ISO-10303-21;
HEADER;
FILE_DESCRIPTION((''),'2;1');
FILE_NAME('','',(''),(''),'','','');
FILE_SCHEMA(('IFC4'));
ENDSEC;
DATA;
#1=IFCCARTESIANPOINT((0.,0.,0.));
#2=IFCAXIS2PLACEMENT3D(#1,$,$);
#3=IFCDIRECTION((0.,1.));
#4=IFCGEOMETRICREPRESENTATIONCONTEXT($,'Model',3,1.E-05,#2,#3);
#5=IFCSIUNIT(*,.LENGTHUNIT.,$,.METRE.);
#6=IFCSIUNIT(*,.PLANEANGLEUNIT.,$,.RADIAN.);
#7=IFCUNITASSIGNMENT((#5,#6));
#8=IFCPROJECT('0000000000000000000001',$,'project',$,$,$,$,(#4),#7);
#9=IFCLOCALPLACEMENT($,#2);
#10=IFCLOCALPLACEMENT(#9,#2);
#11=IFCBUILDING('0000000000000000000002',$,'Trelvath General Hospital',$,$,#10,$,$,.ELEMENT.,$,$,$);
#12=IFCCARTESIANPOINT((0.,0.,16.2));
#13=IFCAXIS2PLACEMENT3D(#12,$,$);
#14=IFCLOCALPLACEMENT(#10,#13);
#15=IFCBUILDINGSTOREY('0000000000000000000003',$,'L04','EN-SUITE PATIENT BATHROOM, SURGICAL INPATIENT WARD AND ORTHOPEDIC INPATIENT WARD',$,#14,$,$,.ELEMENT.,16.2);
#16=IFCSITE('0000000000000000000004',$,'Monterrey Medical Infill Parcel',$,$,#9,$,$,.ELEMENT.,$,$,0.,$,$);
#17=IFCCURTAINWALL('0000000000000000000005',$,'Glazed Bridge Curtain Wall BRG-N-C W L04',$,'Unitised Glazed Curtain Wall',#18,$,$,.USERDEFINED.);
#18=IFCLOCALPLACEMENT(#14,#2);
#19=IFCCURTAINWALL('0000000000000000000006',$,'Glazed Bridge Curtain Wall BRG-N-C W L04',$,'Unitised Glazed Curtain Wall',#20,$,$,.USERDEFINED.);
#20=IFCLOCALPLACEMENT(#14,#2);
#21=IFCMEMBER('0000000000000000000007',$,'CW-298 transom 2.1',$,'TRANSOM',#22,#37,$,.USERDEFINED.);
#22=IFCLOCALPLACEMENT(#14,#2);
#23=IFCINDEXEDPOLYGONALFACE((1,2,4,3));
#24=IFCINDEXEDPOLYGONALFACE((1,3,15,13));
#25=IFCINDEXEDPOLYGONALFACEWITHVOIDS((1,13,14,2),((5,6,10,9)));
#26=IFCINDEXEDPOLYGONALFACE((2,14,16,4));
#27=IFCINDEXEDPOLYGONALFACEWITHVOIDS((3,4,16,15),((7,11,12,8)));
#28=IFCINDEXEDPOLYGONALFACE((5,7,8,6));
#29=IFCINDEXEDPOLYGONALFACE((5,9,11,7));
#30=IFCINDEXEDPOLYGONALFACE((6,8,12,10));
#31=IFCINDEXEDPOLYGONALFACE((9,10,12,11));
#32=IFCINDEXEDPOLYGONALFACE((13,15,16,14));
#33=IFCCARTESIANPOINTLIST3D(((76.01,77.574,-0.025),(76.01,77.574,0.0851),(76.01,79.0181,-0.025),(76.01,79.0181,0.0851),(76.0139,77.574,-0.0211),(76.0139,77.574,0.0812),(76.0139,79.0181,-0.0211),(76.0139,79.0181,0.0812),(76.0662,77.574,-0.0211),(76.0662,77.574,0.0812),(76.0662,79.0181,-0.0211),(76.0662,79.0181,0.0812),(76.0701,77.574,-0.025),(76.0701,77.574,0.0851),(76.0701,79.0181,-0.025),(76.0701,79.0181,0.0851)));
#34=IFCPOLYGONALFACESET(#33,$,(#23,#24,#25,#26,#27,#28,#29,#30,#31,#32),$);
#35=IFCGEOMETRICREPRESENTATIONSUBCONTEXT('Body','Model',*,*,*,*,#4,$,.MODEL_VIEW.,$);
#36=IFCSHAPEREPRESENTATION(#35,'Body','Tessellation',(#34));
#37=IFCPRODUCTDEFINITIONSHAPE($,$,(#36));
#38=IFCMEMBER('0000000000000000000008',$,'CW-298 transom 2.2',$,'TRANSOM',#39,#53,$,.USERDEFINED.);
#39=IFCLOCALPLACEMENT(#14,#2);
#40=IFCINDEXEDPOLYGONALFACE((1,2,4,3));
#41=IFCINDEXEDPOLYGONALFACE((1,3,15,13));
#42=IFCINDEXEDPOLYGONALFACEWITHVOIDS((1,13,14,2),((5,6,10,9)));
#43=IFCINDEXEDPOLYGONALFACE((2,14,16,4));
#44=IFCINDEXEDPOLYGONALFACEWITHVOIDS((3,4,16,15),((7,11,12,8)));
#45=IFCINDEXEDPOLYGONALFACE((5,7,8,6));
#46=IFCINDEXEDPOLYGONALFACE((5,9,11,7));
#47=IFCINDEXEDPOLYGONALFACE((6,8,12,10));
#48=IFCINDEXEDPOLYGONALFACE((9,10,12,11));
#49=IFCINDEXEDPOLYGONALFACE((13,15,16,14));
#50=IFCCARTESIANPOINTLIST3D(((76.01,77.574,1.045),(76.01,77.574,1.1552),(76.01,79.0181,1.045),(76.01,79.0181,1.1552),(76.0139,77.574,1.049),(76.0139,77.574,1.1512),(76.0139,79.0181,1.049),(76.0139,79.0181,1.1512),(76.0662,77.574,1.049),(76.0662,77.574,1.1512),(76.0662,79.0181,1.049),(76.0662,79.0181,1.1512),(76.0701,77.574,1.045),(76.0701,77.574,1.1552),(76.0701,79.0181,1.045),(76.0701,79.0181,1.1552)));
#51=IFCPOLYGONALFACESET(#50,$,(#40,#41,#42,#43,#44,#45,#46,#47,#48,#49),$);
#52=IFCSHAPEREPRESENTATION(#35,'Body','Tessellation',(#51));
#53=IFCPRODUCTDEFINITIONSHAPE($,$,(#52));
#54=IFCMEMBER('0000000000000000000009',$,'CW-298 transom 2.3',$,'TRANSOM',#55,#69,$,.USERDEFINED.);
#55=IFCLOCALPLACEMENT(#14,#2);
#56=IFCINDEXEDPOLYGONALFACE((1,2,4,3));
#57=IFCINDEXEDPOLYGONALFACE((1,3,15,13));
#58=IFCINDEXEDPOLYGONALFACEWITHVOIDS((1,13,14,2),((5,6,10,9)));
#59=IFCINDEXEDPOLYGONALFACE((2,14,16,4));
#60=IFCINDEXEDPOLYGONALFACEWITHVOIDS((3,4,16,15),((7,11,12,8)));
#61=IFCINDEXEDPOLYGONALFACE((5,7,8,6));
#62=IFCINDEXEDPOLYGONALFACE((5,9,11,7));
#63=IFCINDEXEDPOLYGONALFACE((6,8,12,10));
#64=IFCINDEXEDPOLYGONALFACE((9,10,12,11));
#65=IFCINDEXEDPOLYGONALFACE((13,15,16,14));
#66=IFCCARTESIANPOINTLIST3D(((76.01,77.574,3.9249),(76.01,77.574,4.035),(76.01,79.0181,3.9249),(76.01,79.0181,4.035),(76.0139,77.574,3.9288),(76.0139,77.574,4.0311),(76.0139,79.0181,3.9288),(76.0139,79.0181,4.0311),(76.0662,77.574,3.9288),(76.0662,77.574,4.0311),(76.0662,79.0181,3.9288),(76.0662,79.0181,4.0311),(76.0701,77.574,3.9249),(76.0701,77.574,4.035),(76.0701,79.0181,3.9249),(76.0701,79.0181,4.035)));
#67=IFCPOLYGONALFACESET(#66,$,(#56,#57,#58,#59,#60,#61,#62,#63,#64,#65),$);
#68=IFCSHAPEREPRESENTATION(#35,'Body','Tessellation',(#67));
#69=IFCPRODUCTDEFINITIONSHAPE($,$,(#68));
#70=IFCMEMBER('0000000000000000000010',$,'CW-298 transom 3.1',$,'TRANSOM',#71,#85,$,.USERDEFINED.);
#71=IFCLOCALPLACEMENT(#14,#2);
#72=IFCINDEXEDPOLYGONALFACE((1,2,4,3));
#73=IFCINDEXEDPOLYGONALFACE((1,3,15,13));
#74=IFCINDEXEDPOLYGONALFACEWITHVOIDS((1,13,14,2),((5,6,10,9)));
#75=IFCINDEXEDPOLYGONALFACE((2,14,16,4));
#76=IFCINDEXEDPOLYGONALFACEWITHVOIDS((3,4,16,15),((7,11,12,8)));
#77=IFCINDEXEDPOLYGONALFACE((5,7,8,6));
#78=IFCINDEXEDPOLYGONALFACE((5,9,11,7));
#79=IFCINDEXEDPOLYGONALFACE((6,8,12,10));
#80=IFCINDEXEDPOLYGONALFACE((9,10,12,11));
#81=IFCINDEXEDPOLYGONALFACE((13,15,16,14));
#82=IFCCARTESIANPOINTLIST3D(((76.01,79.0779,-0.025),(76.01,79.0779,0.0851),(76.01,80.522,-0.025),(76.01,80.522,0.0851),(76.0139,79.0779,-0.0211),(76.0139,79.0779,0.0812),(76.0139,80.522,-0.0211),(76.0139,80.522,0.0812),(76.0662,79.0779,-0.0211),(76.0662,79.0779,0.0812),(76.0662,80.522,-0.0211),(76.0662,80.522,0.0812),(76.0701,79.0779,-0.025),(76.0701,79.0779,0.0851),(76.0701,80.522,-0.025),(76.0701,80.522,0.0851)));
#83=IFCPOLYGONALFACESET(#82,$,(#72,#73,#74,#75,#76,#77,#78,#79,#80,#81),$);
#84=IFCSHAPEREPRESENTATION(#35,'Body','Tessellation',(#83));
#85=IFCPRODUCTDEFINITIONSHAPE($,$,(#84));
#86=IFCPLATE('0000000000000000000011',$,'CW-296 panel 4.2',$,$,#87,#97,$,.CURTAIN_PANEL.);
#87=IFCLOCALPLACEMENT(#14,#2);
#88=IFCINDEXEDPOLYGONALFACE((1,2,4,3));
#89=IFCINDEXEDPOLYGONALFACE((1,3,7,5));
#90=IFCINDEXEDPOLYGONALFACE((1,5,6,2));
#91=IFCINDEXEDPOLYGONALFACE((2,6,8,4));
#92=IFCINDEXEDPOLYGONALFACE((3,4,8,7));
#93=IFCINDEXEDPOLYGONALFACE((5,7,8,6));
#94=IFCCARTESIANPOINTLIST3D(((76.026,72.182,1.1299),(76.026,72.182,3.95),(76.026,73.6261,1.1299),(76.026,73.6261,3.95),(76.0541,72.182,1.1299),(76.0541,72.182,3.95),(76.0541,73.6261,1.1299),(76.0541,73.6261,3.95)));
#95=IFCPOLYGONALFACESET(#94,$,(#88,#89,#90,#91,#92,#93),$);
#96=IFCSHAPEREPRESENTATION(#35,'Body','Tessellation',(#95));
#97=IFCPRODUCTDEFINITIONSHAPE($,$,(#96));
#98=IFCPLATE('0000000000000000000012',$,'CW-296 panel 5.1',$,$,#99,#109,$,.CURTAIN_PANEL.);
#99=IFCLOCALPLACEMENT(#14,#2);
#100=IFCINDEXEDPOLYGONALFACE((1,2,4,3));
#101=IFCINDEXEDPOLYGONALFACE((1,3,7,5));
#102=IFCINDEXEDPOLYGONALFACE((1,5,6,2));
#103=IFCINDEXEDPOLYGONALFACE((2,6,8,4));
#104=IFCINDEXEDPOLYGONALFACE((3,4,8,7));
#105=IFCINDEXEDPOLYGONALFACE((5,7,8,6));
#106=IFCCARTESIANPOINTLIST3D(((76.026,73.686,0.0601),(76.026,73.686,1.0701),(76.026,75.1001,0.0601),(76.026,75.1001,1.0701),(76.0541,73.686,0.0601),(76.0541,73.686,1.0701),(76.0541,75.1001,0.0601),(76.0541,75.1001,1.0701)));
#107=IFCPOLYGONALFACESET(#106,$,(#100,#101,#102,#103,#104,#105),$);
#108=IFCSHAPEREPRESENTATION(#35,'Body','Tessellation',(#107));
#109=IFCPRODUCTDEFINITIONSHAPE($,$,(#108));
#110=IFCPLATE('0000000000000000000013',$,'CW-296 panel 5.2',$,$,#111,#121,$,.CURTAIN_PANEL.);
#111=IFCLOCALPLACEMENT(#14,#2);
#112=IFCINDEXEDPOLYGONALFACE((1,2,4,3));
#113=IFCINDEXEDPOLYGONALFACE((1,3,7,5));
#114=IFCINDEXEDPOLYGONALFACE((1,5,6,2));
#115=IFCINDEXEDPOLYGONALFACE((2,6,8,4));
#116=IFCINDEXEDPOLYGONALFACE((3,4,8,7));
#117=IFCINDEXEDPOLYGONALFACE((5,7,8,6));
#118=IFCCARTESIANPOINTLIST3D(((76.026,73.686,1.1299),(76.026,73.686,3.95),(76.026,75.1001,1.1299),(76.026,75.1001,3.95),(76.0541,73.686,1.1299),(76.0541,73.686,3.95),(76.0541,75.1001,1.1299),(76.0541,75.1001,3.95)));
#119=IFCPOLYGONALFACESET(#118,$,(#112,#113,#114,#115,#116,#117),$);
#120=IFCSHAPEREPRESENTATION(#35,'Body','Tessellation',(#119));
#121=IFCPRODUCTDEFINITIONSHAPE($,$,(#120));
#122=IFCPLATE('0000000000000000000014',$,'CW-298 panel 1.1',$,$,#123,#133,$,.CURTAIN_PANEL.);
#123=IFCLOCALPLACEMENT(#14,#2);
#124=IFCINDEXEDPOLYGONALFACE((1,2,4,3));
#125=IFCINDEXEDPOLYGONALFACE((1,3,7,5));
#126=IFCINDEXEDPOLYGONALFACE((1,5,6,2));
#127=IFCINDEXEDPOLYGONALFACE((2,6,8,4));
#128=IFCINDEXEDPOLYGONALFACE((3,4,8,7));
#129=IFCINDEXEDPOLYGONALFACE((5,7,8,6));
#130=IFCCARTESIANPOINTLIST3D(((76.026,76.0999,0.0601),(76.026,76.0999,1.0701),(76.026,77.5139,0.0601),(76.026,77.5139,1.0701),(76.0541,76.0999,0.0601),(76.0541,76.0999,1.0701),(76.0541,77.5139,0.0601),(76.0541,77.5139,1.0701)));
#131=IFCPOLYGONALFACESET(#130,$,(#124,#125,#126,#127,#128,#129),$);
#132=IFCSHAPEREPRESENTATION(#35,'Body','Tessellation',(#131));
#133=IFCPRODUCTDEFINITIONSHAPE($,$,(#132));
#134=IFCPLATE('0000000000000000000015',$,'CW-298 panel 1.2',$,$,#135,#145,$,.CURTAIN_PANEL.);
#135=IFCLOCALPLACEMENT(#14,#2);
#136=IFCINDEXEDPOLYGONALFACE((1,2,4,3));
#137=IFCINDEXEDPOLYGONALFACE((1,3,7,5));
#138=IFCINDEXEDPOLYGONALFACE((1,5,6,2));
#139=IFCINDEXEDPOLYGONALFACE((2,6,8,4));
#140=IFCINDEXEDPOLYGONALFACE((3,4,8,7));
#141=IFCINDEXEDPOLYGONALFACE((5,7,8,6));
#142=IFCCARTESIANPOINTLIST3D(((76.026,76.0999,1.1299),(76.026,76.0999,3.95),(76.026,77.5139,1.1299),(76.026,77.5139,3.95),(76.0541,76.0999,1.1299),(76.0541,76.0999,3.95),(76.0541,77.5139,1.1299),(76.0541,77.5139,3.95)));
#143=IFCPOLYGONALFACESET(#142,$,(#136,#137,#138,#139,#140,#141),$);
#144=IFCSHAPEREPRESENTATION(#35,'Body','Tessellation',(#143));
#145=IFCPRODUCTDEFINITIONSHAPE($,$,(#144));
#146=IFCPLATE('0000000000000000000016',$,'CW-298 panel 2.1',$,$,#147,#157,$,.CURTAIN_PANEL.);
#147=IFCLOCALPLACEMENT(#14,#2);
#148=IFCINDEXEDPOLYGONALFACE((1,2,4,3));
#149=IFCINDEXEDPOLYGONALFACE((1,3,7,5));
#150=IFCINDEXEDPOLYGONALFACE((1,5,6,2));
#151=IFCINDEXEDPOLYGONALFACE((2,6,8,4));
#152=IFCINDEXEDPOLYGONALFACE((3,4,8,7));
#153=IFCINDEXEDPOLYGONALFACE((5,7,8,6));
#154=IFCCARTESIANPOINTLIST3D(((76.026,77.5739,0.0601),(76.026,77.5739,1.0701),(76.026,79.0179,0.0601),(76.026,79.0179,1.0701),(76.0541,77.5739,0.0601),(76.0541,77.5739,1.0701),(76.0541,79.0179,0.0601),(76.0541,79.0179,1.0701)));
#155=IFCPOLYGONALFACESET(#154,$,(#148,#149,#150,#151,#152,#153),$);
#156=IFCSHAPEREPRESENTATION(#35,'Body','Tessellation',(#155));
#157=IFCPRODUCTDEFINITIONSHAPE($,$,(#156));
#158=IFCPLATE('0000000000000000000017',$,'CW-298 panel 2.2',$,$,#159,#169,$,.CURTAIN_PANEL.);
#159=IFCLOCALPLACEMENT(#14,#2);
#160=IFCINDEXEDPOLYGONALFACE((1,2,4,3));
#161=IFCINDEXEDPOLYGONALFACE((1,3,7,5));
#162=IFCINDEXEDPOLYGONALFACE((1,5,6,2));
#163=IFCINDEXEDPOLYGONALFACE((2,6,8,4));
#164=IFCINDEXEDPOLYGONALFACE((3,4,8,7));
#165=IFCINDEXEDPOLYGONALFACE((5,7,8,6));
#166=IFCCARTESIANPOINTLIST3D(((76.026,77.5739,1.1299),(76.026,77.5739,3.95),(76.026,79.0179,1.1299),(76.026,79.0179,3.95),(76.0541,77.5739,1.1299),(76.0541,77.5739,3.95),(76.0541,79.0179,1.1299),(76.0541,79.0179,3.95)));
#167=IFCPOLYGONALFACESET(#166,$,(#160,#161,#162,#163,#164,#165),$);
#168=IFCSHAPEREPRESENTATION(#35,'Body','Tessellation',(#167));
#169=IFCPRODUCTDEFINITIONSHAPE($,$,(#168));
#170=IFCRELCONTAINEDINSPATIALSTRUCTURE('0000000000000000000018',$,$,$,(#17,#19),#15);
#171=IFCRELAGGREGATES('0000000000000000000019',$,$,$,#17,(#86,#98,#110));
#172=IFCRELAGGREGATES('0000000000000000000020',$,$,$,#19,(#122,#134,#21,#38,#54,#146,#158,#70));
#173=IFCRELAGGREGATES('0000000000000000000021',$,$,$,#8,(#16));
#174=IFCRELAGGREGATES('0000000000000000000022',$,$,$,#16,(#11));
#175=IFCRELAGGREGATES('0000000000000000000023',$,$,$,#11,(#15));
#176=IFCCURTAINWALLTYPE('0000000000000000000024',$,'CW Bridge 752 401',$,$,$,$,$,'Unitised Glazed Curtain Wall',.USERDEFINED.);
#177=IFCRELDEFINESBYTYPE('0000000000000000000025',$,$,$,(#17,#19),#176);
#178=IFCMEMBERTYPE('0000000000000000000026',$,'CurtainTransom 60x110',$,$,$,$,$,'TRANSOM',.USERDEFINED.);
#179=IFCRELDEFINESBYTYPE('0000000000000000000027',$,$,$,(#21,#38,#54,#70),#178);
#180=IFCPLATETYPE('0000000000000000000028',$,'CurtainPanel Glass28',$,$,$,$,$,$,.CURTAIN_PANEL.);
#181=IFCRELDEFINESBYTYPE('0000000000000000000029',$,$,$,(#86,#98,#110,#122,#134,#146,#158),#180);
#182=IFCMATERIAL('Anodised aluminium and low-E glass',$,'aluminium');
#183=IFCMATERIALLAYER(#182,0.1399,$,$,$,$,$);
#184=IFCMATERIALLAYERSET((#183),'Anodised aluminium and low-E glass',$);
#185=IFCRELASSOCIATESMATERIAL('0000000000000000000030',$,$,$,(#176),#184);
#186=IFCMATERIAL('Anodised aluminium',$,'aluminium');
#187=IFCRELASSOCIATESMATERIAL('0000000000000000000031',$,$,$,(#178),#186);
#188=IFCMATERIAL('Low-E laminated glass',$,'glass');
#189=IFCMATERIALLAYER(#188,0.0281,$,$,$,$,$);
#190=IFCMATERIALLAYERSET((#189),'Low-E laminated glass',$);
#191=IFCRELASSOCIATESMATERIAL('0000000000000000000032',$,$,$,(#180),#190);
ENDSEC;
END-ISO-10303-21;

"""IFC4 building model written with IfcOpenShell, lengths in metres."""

from ifc_helpers import new_model, si_unit, direction, frame, origin, origin_2d, place, context, subcontext, project, spatial, rectangle, hollow_rectangle, extrude, material, layer, layer_set, material_profile, profile_set, type_object, element, aggregate, save


model = new_model("IFC4")

# Units and contexts
model_context = context("Model", 3, precision=1e-05, world=origin(), true_north=direction((0.0, 1.0)))
body_context = subcontext(model_context, "Body", "Model", "MODEL_VIEW")
ifc_project = project(units=[si_unit("LENGTHUNIT", "METRE"), si_unit("PLANEANGLEUNIT", "RADIAN")], contexts=[model_context])

# Site, building, storey
site_placement = place(None, origin())
site = spatial("IfcSite", under=ifc_project, at=site_placement, Name="Monterrey Medical Infill Parcel", CompositionType="ELEMENT", RefElevation=0.0)
building_placement = place(site_placement, origin())
building = spatial("IfcBuilding", under=site, at=building_placement, Name="Trelvath General Hospital", CompositionType="ELEMENT")
storey_placement = place(building_placement, frame((0.0, 0.0, 16.2)))
storey = spatial("IfcBuildingStorey", under=building, at=storey_placement, Name="L04", Description="EN-SUITE PATIENT BATHROOM, SURGICAL INPATIENT WARD AND ORTHOPEDIC INPATIENT WARD", CompositionType="ELEMENT", Elevation=16.2)

# Curtain walls
ifc_material_1 = material(Name="Anodised aluminium and low-E glass", Category="aluminium")
ifc_layer_1 = layer(ifc_material_1, 0.1399)
ifc_layer_set_1 = layer_set([ifc_layer_1], Name="Anodised aluminium and low-E glass")
curtain_wall_type = type_object("IfcCurtainWallType", Name="CW Bridge 752 401", ElementType="Unitised Glazed Curtain Wall", PredefinedType="USERDEFINED", material=ifc_layer_set_1)
curtain_wall_1_placement = place(storey_placement, origin())
curtain_wall_1 = element("IfcCurtainWall", 1, at=curtain_wall_1_placement, inside=storey, type_object=curtain_wall_type, Name="Glazed Bridge Curtain Wall BRG-N-C W L04", ObjectType="Unitised Glazed Curtain Wall", PredefinedType="USERDEFINED")
curtain_wall_2_placement = place(storey_placement, origin())
curtain_wall_2 = element("IfcCurtainWall", 2, at=curtain_wall_2_placement, inside=storey, type_object=curtain_wall_type, Name="Glazed Bridge Curtain Wall BRG-N-C W L04", ObjectType="Unitised Glazed Curtain Wall", PredefinedType="USERDEFINED")

# Members
ifc_material_2 = material(Name="Anodised aluminium", Category="aluminium")
ifc_material_profile_1 = material_profile(ifc_material_2, hollow_rectangle(XDim=0.0601, YDim=0.1101, WallThickness=0.0039, at=origin_2d()), Name="RHS60x110x4")
ifc_profile_set_1 = profile_set([ifc_material_profile_1], Name="Anodised aluminium")
member_type_1 = type_object("IfcMemberType", Name="CurtainTransom 60x110", ElementType="TRANSOM", PredefinedType="USERDEFINED", material=ifc_profile_set_1)
member_1_placement = place(storey_placement, frame((76.04, 77.574, 0.03), z_axis=(0.0, 1.0, 0.0), x_axis=(-1.0, 0.0, 0.0)))
member_1 = element("IfcMember", 3, at=member_1_placement, type_object=member_type_1, Name="CW-298 transom 2.1", ObjectType="TRANSOM", PredefinedType="USERDEFINED", context=body_context, shape_type="SweptSolid", body=[
    extrude(hollow_rectangle(XDim=0.0601, YDim=0.1101, WallThickness=0.0039, at=origin_2d()), origin(), (0.0, 0.0, 1.0), 1.4441),
])
member_2_placement = place(storey_placement, frame((76.04, 77.574, 1.1001), z_axis=(0.0, 1.0, 0.0), x_axis=(-1.0, 0.0, 0.0)))
member_2 = element("IfcMember", 4, at=member_2_placement, type_object=member_type_1, Name="CW-298 transom 2.2", ObjectType="TRANSOM", PredefinedType="USERDEFINED", context=body_context, shape_type="SweptSolid", body=[
    extrude(hollow_rectangle(XDim=0.0601, YDim=0.1101, WallThickness=0.0039, at=origin_2d()), origin(), (0.0, 0.0, 1.0), 1.4441),
])
member_3_placement = place(storey_placement, frame((76.04, 77.574, 3.98), z_axis=(0.0, 1.0, 0.0), x_axis=(-1.0, 0.0, 0.0)))
member_3 = element("IfcMember", 5, at=member_3_placement, type_object=member_type_1, Name="CW-298 transom 2.3", ObjectType="TRANSOM", PredefinedType="USERDEFINED", context=body_context, shape_type="SweptSolid", body=[
    extrude(hollow_rectangle(XDim=0.0601, YDim=0.1101, WallThickness=0.0039, at=origin_2d()), origin(), (0.0, 0.0, 1.0), 1.4441),
])
member_4_placement = place(storey_placement, frame((76.04, 79.0779, 0.03), z_axis=(0.0, 1.0, 0.0), x_axis=(-1.0, 0.0, 0.0)))
member_4 = element("IfcMember", 6, at=member_4_placement, type_object=member_type_1, Name="CW-298 transom 3.1", ObjectType="TRANSOM", PredefinedType="USERDEFINED", context=body_context, shape_type="SweptSolid", body=[
    extrude(hollow_rectangle(XDim=0.0601, YDim=0.1101, WallThickness=0.0039, at=origin_2d()), origin(), (0.0, 0.0, 1.0), 1.4441),
])

# Plates
ifc_material_3 = material(Name="Low-E laminated glass", Category="glass")
ifc_layer_2 = layer(ifc_material_3, 0.0281)
ifc_layer_set_2 = layer_set([ifc_layer_2], Name="Low-E laminated glass")
plate_type = type_object("IfcPlateType", Name="CurtainPanel Glass28", PredefinedType="CURTAIN_PANEL", material=ifc_layer_set_2)
plate_1_placement = place(storey_placement, frame((76.04, 72.9041, 1.1299), z_axis=(0.0, 0.0, 1.0), x_axis=(0.0, 1.0, 0.0)))
plate_1 = element("IfcPlate", 7, at=plate_1_placement, type_object=plate_type, Name="CW-296 panel 4.2", PredefinedType="CURTAIN_PANEL", context=body_context, shape_type="SweptSolid", body=[
    extrude(rectangle(XDim=1.4441, YDim=0.0281, at=origin_2d()), origin(), (0.0, 0.0, 1.0), 2.8201),
])
plate_2_placement = place(storey_placement, frame((76.04, 74.3931, 0.0601), z_axis=(0.0, 0.0, 1.0), x_axis=(0.0, 1.0, 0.0)))
plate_2 = element("IfcPlate", 8, at=plate_2_placement, type_object=plate_type, Name="CW-296 panel 5.1", PredefinedType="CURTAIN_PANEL", context=body_context, shape_type="SweptSolid", body=[
    extrude(rectangle(XDim=1.4141, YDim=0.0281, at=origin_2d()), origin(), (0.0, 0.0, 1.0), 1.01),
])
plate_3_placement = place(storey_placement, frame((76.04, 74.3931, 1.1299), z_axis=(0.0, 0.0, 1.0), x_axis=(0.0, 1.0, 0.0)))
plate_3 = element("IfcPlate", 9, at=plate_3_placement, type_object=plate_type, Name="CW-296 panel 5.2", PredefinedType="CURTAIN_PANEL", context=body_context, shape_type="SweptSolid", body=[
    extrude(rectangle(XDim=1.4141, YDim=0.0281, at=origin_2d()), origin(), (0.0, 0.0, 1.0), 2.8201),
])
aggregate(curtain_wall_1, [plate_1, plate_2, plate_3])
plate_4_placement = place(storey_placement, frame((76.04, 76.8069, 0.0601), z_axis=(0.0, 0.0, 1.0), x_axis=(0.0, 1.0, 0.0)))
plate_4 = element("IfcPlate", 10, at=plate_4_placement, type_object=plate_type, Name="CW-298 panel 1.1", PredefinedType="CURTAIN_PANEL", context=body_context, shape_type="SweptSolid", body=[
    extrude(rectangle(XDim=1.4141, YDim=0.0281, at=origin_2d()), origin(), (0.0, 0.0, 1.0), 1.01),
])
plate_5_placement = place(storey_placement, frame((76.04, 76.8069, 1.1299), z_axis=(0.0, 0.0, 1.0), x_axis=(0.0, 1.0, 0.0)))
plate_5 = element("IfcPlate", 11, at=plate_5_placement, type_object=plate_type, Name="CW-298 panel 1.2", PredefinedType="CURTAIN_PANEL", context=body_context, shape_type="SweptSolid", body=[
    extrude(rectangle(XDim=1.4141, YDim=0.0281, at=origin_2d()), origin(), (0.0, 0.0, 1.0), 2.8201),
])
plate_6_placement = place(storey_placement, frame((76.04, 78.2959, 0.0601), z_axis=(0.0, 0.0, 1.0), x_axis=(0.0, 1.0, 0.0)))
plate_6 = element("IfcPlate", 12, at=plate_6_placement, type_object=plate_type, Name="CW-298 panel 2.1", PredefinedType="CURTAIN_PANEL", context=body_context, shape_type="SweptSolid", body=[
    extrude(rectangle(XDim=1.4441, YDim=0.0281, at=origin_2d()), origin(), (0.0, 0.0, 1.0), 1.01),
])
plate_7_placement = place(storey_placement, frame((76.04, 78.2959, 1.1299), z_axis=(0.0, 0.0, 1.0), x_axis=(0.0, 1.0, 0.0)))
plate_7 = element("IfcPlate", 13, at=plate_7_placement, type_object=plate_type, Name="CW-298 panel 2.2", PredefinedType="CURTAIN_PANEL", context=body_context, shape_type="SweptSolid", body=[
    extrude(rectangle(XDim=1.4441, YDim=0.0281, at=origin_2d()), origin(), (0.0, 0.0, 1.0), 2.8201),
])
aggregate(curtain_wall_2, [plate_4, plate_5, member_1, member_2, member_3, plate_6, plate_7, member_4])

save(model, "model.ifc")
